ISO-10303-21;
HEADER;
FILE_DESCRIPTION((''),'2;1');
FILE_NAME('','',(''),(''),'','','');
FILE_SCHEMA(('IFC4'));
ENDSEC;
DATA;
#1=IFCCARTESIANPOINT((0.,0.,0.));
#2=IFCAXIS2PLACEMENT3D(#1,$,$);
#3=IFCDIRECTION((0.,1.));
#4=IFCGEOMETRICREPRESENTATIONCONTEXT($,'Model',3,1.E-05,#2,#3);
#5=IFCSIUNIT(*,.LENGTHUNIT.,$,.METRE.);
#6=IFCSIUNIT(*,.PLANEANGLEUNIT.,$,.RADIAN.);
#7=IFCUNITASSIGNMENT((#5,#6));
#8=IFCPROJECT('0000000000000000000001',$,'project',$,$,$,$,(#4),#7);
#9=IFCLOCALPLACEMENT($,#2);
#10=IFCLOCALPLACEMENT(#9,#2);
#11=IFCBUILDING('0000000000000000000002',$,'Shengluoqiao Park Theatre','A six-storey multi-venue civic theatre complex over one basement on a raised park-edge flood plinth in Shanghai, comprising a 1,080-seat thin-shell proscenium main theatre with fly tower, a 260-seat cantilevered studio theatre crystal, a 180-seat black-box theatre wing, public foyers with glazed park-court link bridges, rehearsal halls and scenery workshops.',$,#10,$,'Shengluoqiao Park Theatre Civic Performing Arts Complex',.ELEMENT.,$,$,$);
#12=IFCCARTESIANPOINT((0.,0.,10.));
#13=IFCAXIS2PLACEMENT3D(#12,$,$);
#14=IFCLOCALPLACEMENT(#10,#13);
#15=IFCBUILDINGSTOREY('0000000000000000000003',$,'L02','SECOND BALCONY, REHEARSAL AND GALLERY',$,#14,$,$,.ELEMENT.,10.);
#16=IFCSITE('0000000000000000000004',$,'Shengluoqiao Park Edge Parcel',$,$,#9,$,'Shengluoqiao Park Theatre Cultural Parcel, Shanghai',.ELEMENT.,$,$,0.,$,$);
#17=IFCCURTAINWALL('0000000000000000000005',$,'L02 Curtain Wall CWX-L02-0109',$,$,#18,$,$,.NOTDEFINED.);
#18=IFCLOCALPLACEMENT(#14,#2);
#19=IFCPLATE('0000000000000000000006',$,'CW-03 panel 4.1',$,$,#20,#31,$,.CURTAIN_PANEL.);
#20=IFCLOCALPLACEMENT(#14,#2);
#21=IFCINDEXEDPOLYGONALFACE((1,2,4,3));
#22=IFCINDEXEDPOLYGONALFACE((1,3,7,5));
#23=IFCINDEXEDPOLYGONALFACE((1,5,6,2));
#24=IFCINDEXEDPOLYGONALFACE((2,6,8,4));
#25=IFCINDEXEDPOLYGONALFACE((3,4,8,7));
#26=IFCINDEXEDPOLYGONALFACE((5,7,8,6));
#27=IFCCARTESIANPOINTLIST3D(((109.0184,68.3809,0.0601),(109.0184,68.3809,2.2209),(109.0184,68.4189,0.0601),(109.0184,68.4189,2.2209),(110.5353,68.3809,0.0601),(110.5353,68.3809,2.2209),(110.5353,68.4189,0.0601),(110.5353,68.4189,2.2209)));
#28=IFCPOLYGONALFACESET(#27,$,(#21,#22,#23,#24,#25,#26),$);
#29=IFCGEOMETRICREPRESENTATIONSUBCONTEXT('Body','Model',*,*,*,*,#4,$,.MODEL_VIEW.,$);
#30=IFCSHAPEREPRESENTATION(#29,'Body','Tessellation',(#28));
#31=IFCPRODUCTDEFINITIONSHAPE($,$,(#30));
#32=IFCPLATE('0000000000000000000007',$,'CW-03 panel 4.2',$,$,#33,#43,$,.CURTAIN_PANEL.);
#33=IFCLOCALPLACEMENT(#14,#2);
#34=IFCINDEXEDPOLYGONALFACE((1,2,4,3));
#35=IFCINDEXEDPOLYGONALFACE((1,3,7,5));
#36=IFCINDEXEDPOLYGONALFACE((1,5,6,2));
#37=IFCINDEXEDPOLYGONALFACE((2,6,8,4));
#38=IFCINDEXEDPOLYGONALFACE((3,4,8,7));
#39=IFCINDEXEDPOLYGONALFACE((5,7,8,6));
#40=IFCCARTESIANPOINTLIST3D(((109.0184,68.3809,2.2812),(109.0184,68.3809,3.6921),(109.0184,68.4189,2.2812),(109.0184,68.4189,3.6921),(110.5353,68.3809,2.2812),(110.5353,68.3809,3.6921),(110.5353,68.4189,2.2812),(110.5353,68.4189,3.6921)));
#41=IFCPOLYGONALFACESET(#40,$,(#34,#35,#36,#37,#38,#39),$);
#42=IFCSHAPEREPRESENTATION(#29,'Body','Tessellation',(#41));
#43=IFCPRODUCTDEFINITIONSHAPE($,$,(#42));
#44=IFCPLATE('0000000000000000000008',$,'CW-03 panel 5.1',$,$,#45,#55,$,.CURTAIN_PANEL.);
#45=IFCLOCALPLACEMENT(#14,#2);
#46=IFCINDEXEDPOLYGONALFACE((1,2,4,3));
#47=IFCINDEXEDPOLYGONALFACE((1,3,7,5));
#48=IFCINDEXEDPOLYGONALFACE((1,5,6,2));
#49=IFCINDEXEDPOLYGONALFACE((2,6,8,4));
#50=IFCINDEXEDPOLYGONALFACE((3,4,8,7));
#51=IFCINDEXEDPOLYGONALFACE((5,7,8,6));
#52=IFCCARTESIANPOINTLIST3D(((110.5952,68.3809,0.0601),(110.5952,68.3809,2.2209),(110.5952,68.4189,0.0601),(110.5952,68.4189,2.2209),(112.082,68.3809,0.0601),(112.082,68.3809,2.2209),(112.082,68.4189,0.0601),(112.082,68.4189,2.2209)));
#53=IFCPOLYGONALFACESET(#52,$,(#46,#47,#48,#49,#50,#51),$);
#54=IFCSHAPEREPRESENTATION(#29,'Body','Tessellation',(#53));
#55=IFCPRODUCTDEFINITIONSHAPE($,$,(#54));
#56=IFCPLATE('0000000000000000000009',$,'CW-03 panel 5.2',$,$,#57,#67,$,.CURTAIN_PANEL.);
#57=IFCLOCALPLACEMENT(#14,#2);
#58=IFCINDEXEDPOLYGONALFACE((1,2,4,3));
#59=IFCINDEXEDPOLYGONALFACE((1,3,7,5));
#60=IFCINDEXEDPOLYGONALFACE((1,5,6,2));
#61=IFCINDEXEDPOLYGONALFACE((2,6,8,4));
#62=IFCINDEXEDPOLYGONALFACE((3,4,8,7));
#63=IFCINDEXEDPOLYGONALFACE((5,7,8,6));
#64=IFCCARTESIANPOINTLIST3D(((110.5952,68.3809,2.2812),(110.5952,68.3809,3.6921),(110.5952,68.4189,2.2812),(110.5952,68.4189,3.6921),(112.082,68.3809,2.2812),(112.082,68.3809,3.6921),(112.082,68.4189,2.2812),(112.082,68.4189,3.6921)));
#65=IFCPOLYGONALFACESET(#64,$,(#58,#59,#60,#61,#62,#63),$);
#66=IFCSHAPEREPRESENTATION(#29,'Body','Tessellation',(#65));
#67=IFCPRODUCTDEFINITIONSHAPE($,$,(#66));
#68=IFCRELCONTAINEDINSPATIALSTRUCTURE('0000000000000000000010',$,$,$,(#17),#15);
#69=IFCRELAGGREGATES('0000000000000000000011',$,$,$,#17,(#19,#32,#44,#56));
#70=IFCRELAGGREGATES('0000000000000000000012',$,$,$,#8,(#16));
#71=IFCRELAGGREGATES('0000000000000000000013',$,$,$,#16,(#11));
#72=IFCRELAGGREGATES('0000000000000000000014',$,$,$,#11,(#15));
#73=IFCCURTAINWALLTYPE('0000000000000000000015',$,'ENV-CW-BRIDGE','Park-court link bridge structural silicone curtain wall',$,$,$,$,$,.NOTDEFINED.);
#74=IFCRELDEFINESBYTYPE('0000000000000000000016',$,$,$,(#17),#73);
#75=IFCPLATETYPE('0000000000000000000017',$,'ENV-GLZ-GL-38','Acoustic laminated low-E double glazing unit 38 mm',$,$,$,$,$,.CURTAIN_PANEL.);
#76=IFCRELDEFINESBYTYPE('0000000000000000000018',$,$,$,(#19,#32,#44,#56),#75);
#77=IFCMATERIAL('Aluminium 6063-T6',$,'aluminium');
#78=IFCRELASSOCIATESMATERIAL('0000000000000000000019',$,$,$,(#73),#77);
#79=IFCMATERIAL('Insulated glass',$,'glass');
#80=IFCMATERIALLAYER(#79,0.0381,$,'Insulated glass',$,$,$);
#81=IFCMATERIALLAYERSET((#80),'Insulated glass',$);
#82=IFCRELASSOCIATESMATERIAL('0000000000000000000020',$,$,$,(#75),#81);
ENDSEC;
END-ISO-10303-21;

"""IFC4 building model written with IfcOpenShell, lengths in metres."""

from ifc_helpers import new_model, si_unit, direction, frame, origin, origin_2d, place, context, subcontext, project, spatial, rectangle, extrude, material, layer, layer_set, type_object, element, aggregate, save


model = new_model("IFC4")

# Units and contexts
model_context = context("Model", 3, precision=1e-05, world=origin(), true_north=direction((0.0, 1.0)))
body_context = subcontext(model_context, "Body", "Model", "MODEL_VIEW")
ifc_project = project(units=[si_unit("LENGTHUNIT", "METRE"), si_unit("PLANEANGLEUNIT", "RADIAN")], contexts=[model_context])

# Site, building, storey
site_placement = place(None, origin())
site = spatial("IfcSite", under=ifc_project, at=site_placement, Name="Shengluoqiao Park Edge Parcel", LongName="Shengluoqiao Park Theatre Cultural Parcel, Shanghai", CompositionType="ELEMENT", RefElevation=0.0)
building_placement = place(site_placement, origin())
building = spatial("IfcBuilding", under=site, at=building_placement, Name="Shengluoqiao Park Theatre", Description="A six-storey multi-venue civic theatre complex over one basement on a raised park-edge flood plinth in Shanghai, comprising a 1,080-seat thin-shell proscenium main theatre with fly tower, a 260-seat cantilevered studio theatre crystal, a 180-seat black-box theatre wing, public foyers with glazed park-court link bridges, rehearsal halls and scenery workshops.", LongName="Shengluoqiao Park Theatre Civic Performing Arts Complex", CompositionType="ELEMENT")
storey_placement = place(building_placement, frame((0.0, 0.0, 10.0)))
storey = spatial("IfcBuildingStorey", under=building, at=storey_placement, Name="L02", Description="SECOND BALCONY, REHEARSAL AND GALLERY", CompositionType="ELEMENT", Elevation=10.0)

# Curtain wall, plates
ifc_material_1 = material(Name="Aluminium 6063-T6", Category="aluminium")
curtain_wall_type = type_object("IfcCurtainWallType", Name="ENV-CW-BRIDGE", Description="Park-court link bridge structural silicone curtain wall", PredefinedType="NOTDEFINED", material=ifc_material_1)
curtain_wall_placement = place(storey_placement, origin())
curtain_wall = element("IfcCurtainWall", 1, at=curtain_wall_placement, inside=storey, type_object=curtain_wall_type, Name="L02 Curtain Wall CWX-L02-0109", PredefinedType="NOTDEFINED")
ifc_material_2 = material(Name="Insulated glass", Category="glass")
ifc_layer = layer(ifc_material_2, 0.0381, Name="Insulated glass")
ifc_layer_set = layer_set([ifc_layer], Name="Insulated glass")
plate_type = type_object("IfcPlateType", Name="ENV-GLZ-GL-38", Description="Acoustic laminated low-E double glazing unit 38 mm", PredefinedType="CURTAIN_PANEL", material=ifc_layer_set)
plate_1_placement = place(storey_placement, frame((109.7769, 68.3999, 0.0601), z_axis=(0.0, 0.0, 1.0), x_axis=(1.0, 0.0, 0.0)))
plate_1 = element("IfcPlate", 2, at=plate_1_placement, type_object=plate_type, Name="CW-03 panel 4.1", PredefinedType="CURTAIN_PANEL", context=body_context, shape_type="SweptSolid", body=[
    extrude(rectangle(XDim=1.5168, YDim=0.0381, at=origin_2d()), origin(), (0.0, 0.0, 1.0), 2.1609),
])
plate_2_placement = place(storey_placement, frame((109.7769, 68.3999, 2.2812), z_axis=(0.0, 0.0, 1.0), x_axis=(1.0, 0.0, 0.0)))
plate_2 = element("IfcPlate", 3, at=plate_2_placement, type_object=plate_type, Name="CW-03 panel 4.2", PredefinedType="CURTAIN_PANEL", context=body_context, shape_type="SweptSolid", body=[
    extrude(rectangle(XDim=1.5168, YDim=0.0381, at=origin_2d()), origin(), (0.0, 0.0, 1.0), 1.4109),
])
plate_3_placement = place(storey_placement, frame((111.3386, 68.3999, 0.0601), z_axis=(0.0, 0.0, 1.0), x_axis=(1.0, 0.0, 0.0)))
plate_3 = element("IfcPlate", 4, at=plate_3_placement, type_object=plate_type, Name="CW-03 panel 5.1", PredefinedType="CURTAIN_PANEL", context=body_context, shape_type="SweptSolid", body=[
    extrude(rectangle(XDim=1.4868, YDim=0.0381, at=origin_2d()), origin(), (0.0, 0.0, 1.0), 2.1609),
])
plate_4_placement = place(storey_placement, frame((111.3386, 68.3999, 2.2812), z_axis=(0.0, 0.0, 1.0), x_axis=(1.0, 0.0, 0.0)))
plate_4 = element("IfcPlate", 5, at=plate_4_placement, type_object=plate_type, Name="CW-03 panel 5.2", PredefinedType="CURTAIN_PANEL", context=body_context, shape_type="SweptSolid", body=[
    extrude(rectangle(XDim=1.4868, YDim=0.0381, at=origin_2d()), origin(), (0.0, 0.0, 1.0), 1.4109),
])
aggregate(curtain_wall, [plate_1, plate_2, plate_3, plate_4])

save(model, "model.ifc")
